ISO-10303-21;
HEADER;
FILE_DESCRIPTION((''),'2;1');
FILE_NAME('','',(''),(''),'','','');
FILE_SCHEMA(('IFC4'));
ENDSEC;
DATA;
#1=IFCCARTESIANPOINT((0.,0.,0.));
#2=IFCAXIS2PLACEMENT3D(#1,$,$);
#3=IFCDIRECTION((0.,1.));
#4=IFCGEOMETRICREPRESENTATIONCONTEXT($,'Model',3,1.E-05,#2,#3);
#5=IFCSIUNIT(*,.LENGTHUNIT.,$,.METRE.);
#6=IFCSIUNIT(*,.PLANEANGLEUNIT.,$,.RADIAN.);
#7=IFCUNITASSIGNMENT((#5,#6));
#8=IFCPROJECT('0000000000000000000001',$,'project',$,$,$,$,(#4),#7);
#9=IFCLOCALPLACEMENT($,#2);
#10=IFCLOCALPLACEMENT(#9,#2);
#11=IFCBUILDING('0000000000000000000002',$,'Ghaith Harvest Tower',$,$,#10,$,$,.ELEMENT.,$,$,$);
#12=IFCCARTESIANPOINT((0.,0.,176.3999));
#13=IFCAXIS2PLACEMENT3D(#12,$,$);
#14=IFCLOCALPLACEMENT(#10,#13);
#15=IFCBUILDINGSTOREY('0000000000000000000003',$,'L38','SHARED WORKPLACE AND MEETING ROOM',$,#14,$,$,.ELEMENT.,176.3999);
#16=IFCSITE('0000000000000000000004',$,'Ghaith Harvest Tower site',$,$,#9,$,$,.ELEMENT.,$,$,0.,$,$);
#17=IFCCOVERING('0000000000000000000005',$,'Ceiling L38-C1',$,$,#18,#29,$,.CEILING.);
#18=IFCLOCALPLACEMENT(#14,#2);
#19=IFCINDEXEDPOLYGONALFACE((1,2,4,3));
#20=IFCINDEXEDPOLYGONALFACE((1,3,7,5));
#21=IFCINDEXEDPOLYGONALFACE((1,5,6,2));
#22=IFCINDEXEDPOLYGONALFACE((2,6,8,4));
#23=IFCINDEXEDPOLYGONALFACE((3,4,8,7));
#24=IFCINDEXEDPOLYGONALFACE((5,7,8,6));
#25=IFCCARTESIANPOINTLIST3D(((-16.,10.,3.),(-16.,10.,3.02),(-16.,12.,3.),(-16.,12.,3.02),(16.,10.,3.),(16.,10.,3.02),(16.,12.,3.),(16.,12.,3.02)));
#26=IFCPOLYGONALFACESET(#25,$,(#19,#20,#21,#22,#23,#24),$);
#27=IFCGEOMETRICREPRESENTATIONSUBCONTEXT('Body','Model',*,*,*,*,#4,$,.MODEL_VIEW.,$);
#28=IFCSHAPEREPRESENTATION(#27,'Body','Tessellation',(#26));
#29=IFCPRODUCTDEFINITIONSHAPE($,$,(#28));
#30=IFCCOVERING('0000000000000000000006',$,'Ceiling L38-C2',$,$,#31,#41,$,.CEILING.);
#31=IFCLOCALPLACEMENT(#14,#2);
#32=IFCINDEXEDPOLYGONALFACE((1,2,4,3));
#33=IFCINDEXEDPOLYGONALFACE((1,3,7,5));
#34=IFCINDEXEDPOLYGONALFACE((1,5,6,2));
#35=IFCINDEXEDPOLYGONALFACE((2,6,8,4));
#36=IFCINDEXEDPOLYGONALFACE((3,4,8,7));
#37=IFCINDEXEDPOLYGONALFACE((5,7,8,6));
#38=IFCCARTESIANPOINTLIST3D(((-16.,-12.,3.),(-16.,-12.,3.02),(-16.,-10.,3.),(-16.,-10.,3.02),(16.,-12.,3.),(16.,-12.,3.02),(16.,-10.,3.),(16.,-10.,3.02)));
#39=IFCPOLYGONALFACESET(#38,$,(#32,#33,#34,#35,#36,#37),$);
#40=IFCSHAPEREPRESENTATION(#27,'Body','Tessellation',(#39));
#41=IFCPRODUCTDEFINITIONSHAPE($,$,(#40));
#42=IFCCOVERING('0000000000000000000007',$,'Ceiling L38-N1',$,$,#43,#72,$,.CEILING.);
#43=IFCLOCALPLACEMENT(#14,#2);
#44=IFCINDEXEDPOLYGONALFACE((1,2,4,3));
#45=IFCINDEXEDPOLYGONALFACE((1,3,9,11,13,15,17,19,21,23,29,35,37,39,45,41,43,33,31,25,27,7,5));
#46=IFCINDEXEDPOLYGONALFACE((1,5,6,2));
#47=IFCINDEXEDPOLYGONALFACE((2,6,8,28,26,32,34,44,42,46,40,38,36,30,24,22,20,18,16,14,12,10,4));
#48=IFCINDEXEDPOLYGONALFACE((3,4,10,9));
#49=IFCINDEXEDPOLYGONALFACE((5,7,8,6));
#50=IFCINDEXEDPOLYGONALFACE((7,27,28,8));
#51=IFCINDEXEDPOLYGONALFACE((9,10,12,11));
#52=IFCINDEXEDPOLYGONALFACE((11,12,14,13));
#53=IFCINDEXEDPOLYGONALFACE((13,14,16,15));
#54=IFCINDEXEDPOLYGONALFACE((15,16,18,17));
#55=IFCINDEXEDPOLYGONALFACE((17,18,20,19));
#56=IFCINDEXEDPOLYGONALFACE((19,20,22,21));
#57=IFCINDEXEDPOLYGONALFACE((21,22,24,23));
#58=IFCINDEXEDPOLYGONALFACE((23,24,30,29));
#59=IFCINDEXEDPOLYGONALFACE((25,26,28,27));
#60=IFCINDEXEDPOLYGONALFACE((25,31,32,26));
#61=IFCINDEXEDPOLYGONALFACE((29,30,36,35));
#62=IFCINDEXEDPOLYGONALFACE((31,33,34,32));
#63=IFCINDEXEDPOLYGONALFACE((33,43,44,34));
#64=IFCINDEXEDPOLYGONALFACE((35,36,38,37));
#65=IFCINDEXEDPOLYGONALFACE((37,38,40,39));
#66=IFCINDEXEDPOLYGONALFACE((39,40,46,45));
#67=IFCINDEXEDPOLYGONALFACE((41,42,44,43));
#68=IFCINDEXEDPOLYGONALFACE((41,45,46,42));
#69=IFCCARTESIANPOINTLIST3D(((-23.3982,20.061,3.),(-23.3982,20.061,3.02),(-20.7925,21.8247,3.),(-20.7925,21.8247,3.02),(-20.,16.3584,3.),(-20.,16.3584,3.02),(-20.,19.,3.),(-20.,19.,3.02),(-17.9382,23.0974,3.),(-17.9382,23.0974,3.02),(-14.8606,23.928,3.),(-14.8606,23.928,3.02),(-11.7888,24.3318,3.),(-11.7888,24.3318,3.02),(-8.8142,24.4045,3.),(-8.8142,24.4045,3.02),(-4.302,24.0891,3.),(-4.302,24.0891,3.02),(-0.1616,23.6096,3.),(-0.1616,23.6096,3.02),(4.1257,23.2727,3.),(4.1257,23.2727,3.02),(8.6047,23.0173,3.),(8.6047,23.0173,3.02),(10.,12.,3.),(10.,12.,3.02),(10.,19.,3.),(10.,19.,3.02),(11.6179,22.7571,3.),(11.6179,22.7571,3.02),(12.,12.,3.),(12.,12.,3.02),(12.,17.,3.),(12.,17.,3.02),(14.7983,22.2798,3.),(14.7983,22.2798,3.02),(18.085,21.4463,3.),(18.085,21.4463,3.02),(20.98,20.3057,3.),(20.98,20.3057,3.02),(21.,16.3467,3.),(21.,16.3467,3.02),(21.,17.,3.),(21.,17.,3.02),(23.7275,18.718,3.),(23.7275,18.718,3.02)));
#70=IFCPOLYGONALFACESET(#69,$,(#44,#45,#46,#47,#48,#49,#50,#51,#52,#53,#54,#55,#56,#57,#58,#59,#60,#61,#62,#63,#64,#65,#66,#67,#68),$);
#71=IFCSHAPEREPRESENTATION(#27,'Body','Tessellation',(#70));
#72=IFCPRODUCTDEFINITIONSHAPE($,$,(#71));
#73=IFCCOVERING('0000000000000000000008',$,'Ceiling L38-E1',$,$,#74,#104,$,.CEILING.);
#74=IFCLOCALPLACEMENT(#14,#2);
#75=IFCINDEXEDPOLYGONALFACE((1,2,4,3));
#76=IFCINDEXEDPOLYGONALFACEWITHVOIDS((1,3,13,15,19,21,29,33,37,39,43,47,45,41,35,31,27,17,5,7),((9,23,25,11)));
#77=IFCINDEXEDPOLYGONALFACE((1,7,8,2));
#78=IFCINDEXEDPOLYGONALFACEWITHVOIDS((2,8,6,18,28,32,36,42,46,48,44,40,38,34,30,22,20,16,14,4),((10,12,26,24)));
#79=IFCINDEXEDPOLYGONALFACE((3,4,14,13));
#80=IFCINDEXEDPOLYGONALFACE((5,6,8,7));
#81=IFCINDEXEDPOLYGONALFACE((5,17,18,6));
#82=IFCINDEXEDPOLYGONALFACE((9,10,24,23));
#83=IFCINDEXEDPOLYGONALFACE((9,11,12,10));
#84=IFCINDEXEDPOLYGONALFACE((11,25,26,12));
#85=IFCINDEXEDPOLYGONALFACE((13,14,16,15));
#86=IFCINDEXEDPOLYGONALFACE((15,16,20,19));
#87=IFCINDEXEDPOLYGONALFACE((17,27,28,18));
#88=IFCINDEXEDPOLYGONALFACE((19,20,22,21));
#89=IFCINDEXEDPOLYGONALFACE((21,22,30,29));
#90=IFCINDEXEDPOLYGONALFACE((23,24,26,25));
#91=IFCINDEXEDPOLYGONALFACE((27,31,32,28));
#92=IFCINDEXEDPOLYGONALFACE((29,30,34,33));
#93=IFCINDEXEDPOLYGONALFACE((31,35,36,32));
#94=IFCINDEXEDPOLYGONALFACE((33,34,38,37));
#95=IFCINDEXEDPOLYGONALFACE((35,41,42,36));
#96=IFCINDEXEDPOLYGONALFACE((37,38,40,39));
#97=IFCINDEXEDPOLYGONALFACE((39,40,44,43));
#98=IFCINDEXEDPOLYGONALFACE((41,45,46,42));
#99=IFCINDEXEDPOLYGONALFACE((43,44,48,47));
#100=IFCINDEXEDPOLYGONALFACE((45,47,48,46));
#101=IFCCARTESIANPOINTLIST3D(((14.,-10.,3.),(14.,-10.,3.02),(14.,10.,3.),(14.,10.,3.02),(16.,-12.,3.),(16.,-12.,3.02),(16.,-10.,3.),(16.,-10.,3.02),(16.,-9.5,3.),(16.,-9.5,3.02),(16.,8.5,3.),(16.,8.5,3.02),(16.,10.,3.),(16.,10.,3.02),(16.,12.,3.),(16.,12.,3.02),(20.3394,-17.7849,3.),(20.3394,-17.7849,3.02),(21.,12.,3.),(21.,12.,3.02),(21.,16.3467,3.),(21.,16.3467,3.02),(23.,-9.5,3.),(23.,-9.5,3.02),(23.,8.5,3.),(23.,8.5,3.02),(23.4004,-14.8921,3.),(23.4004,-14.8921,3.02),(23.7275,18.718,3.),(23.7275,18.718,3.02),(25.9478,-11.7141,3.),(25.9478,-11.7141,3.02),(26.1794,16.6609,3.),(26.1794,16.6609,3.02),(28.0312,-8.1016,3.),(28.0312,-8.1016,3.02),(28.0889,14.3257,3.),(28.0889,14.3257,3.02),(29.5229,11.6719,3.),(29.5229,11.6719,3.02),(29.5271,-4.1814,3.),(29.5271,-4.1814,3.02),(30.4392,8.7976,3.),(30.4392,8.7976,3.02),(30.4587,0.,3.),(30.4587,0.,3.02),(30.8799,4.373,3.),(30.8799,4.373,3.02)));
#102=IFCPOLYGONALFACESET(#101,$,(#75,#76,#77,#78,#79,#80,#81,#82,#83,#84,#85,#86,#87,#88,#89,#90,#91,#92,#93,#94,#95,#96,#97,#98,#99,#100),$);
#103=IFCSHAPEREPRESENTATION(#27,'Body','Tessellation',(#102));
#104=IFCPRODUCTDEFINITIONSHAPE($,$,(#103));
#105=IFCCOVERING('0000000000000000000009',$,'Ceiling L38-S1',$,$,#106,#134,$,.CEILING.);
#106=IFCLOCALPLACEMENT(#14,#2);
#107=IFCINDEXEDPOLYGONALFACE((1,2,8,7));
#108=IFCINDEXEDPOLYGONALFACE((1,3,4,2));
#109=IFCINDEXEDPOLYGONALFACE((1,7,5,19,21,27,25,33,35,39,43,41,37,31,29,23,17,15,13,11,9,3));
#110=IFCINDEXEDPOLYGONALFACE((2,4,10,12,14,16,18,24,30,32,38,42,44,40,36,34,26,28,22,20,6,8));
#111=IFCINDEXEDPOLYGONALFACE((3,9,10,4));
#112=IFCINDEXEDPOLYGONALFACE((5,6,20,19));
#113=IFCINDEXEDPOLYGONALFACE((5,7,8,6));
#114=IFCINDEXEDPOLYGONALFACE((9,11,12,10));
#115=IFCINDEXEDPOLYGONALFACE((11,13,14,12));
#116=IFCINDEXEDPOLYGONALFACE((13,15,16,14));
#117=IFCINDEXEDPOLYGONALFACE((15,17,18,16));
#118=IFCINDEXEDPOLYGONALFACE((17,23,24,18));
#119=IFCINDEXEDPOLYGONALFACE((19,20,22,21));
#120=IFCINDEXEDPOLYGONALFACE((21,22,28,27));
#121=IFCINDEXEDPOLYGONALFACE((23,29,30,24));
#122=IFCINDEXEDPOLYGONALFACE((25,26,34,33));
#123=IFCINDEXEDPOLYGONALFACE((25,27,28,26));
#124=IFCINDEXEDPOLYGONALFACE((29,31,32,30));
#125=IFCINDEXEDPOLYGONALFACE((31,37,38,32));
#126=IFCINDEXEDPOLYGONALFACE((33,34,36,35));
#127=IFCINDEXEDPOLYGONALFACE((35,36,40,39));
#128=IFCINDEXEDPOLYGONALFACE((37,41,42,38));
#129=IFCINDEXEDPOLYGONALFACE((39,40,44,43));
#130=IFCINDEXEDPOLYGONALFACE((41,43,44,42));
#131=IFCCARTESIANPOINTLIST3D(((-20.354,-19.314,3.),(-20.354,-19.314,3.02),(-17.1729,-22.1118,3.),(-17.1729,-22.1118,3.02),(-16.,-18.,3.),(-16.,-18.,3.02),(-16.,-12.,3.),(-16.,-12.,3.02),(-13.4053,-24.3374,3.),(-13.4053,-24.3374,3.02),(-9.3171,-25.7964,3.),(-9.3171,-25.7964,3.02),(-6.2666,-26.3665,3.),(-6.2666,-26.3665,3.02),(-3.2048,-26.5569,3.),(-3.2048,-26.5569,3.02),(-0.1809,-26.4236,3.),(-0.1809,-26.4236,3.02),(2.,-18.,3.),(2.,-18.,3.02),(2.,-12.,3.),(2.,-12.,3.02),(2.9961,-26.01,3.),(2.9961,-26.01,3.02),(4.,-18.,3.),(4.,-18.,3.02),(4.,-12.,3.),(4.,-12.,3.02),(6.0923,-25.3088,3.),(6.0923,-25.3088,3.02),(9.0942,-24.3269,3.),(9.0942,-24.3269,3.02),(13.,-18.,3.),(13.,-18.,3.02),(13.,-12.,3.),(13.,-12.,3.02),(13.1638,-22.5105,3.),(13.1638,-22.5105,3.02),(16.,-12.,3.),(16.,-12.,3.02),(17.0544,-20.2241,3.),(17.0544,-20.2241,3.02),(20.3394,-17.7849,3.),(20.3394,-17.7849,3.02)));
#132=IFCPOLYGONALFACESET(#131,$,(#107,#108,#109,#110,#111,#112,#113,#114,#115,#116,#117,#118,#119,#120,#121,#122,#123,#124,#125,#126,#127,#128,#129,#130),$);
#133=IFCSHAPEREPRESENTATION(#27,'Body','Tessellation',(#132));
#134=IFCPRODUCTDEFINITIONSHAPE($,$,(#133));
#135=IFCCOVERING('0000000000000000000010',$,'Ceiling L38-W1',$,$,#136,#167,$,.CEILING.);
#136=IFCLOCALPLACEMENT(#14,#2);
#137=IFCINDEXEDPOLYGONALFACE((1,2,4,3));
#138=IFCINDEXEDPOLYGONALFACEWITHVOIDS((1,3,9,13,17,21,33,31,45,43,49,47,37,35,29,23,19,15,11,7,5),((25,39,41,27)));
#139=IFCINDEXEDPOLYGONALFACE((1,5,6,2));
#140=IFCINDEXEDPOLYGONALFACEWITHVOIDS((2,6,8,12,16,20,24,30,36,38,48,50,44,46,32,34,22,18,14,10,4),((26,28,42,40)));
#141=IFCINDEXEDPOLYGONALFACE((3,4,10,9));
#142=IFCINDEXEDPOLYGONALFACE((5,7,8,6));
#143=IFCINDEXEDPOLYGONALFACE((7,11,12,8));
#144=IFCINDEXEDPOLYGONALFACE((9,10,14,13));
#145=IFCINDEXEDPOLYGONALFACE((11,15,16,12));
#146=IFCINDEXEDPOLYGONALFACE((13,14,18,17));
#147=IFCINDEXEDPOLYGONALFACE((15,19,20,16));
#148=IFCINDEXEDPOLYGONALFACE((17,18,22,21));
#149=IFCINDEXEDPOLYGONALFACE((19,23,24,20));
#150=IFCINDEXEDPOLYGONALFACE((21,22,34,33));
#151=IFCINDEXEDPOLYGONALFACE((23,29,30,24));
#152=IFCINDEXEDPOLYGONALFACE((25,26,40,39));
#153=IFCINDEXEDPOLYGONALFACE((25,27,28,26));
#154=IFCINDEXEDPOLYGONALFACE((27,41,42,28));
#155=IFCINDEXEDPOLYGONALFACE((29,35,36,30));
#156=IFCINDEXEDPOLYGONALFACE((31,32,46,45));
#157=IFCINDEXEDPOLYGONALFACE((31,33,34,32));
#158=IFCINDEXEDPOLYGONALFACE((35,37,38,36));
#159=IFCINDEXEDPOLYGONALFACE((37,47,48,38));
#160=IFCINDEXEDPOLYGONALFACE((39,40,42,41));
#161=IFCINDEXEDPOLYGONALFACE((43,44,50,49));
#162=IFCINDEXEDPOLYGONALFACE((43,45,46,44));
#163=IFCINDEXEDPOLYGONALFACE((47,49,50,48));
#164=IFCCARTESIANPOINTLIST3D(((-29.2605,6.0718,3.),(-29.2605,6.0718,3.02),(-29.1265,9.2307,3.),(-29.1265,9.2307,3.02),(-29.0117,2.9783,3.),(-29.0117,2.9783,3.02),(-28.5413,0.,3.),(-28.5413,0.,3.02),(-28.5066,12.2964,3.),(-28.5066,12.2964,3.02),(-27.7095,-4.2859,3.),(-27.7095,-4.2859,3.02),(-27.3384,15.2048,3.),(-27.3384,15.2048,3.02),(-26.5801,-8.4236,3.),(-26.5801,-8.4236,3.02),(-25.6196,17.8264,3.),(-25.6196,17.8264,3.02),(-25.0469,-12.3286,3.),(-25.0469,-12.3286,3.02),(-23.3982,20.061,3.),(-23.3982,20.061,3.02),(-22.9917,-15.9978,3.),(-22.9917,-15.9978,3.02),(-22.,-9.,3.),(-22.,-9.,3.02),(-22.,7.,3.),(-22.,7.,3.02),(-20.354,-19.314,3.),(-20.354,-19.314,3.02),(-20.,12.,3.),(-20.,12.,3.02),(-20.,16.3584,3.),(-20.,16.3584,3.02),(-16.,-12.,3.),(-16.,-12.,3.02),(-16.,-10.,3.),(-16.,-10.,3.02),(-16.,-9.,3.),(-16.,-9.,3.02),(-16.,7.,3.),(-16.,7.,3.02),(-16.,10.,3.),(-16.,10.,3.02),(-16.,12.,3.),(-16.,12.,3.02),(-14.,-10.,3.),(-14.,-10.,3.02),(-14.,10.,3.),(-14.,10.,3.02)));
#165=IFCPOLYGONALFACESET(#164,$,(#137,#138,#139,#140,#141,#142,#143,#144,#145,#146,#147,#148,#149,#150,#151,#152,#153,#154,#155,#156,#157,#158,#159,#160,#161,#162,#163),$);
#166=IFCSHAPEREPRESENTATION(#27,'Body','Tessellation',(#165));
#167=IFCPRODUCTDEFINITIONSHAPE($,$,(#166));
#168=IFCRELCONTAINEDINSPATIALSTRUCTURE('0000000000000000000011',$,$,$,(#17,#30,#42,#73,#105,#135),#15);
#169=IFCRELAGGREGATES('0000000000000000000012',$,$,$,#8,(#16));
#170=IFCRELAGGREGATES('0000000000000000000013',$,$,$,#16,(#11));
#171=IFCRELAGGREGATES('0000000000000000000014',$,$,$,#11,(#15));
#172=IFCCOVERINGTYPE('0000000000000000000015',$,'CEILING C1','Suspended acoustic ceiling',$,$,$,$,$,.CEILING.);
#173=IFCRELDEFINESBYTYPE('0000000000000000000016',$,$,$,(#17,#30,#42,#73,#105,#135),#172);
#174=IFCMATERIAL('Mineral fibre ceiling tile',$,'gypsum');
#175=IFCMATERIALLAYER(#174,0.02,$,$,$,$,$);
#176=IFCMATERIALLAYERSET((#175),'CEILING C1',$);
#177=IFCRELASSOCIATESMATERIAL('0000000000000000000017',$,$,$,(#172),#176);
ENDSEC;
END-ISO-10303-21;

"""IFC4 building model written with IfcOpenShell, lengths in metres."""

from ifc_helpers import new_model, si_unit, direction, frame, origin, place, context, subcontext, project, spatial, polyline, outline, extrude, material, layer, layer_set, type_object, element, save


model = new_model("IFC4")

# Units and contexts
model_context = context("Model", 3, precision=1e-05, world=origin(), true_north=direction((0.0, 1.0)))
body_context = subcontext(model_context, "Body", "Model", "MODEL_VIEW")
ifc_project = project(units=[si_unit("LENGTHUNIT", "METRE"), si_unit("PLANEANGLEUNIT", "RADIAN")], contexts=[model_context])

# Site, building, storey
site_placement = place(None, origin())
site = spatial("IfcSite", under=ifc_project, at=site_placement, Name="Ghaith Harvest Tower site", CompositionType="ELEMENT", RefElevation=0.0)
building_placement = place(site_placement, origin())
building = spatial("IfcBuilding", under=site, at=building_placement, Name="Ghaith Harvest Tower", CompositionType="ELEMENT")
storey_placement = place(building_placement, frame((0.0, 0.0, 176.3999)))
storey = spatial("IfcBuildingStorey", under=building, at=storey_placement, Name="L38", Description="SHARED WORKPLACE AND MEETING ROOM", CompositionType="ELEMENT", Elevation=176.3999)

# Coverings
ifc_material_1 = material(Name="Mineral fibre ceiling tile", Category="gypsum")
ifc_layer_1 = layer(ifc_material_1, 0.02)
ifc_layer_set_1 = layer_set([ifc_layer_1], Name="CEILING C1")
covering_type = type_object("IfcCoveringType", Name="CEILING C1", Description="Suspended acoustic ceiling", PredefinedType="CEILING", material=ifc_layer_set_1)
covering_1_placement = place(storey_placement, frame((0.0, 0.0, 3.0)))
element("IfcCovering", 1, at=covering_1_placement, inside=storey, type_object=covering_type, Name="Ceiling L38-C1", PredefinedType="CEILING", context=body_context, shape_type="SweptSolid", body=[
    extrude(outline(polyline([(16.0, 10.0), (-16.0, 10.0), (-16.0, 12.0), (16.0, 12.0), (16.0, 10.0)])), origin(), (0.0, 0.0, 1.0), 0.02),
])
covering_2_placement = place(storey_placement, frame((0.0, 0.0, 3.0)))
element("IfcCovering", 2, at=covering_2_placement, inside=storey, type_object=covering_type, Name="Ceiling L38-C2", PredefinedType="CEILING", context=body_context, shape_type="SweptSolid", body=[
    extrude(outline(polyline([(-16.0, -10.0), (16.0, -10.0), (16.0, -12.0), (-16.0, -12.0), (-16.0, -10.0)])), origin(), (0.0, 0.0, 1.0), 0.02),
])
covering_3_placement = place(storey_placement, frame((0.0, 0.0, 3.0)))
element("IfcCovering", 3, at=covering_3_placement, inside=storey, type_object=covering_type, Name="Ceiling L38-N1", PredefinedType="CEILING", context=body_context, shape_type="SweptSolid", body=[
    extrude(outline(polyline([(-20.7925, 21.8247), (-17.9382, 23.0974), (-14.8606, 23.928), (-11.7888, 24.3318), (-8.8142, 24.4045), (-4.302, 24.0891), (-0.1616, 23.6096), (4.1257, 23.2727), (8.6047, 23.0173), (11.6179, 22.7571), (14.7983, 22.2798), (18.085, 21.4463), (20.98, 20.3057), (23.7275, 18.718), (21.0, 16.3467), (21.0, 17.0), (12.0, 17.0), (12.0, 12.0), (10.0, 12.0), (10.0, 19.0), (-20.0, 19.0), (-20.0, 16.3584), (-23.3982, 20.061), (-20.7925, 21.8247)])), origin(), (0.0, 0.0, 1.0), 0.02),
])
covering_4_placement = place(storey_placement, frame((0.0, 0.0, 3.0)))
element("IfcCovering", 4, at=covering_4_placement, inside=storey, type_object=covering_type, Name="Ceiling L38-E1", PredefinedType="CEILING", context=body_context, shape_type="SweptSolid", body=[
    extrude(outline(polyline([(26.1794, 16.6609), (28.0889, 14.3257), (29.5229, 11.6719), (30.4392, 8.7976), (30.8799, 4.373), (30.4587, 0.0), (29.5271, -4.1814), (28.0312, -8.1016), (25.9478, -11.7141), (23.4004, -14.8921), (20.3394, -17.7849), (16.0, -12.0), (16.0, -10.0), (14.0, -10.0), (14.0, 10.0), (16.0, 10.0), (16.0, 12.0), (21.0, 12.0), (21.0, 16.3467), (23.7275, 18.718), (26.1794, 16.6609)]), holes=[polyline([(16.0, -9.5), (23.0, -9.5), (23.0, 8.5), (16.0, 8.5), (16.0, -9.5)])]), origin(), (0.0, 0.0, 1.0), 0.02),
])
covering_5_placement = place(storey_placement, frame((0.0, 0.0, 3.0)))
element("IfcCovering", 5, at=covering_5_placement, inside=storey, type_object=covering_type, Name="Ceiling L38-S1", PredefinedType="CEILING", context=body_context, shape_type="SweptSolid", body=[
    extrude(outline(polyline([(17.0544, -20.2241), (13.1638, -22.5105), (9.0942, -24.3269), (6.0923, -25.3088), (2.9961, -26.01), (-0.1809, -26.4236), (-3.2048, -26.5569), (-6.2666, -26.3665), (-9.3171, -25.7964), (-13.4053, -24.3374), (-17.1729, -22.1118), (-20.354, -19.314), (-16.0, -12.0), (-16.0, -18.0), (2.0, -18.0), (2.0, -12.0), (4.0, -12.0), (4.0, -18.0), (13.0, -18.0), (13.0, -12.0), (16.0, -12.0), (20.3394, -17.7849), (17.0544, -20.2241)])), origin(), (0.0, 0.0, 1.0), 0.02),
])
covering_6_placement = place(storey_placement, frame((0.0, 0.0, 3.0)))
element("IfcCovering", 6, at=covering_6_placement, inside=storey, type_object=covering_type, Name="Ceiling L38-W1", PredefinedType="CEILING", context=body_context, shape_type="SweptSolid", body=[
    extrude(outline(polyline([(-27.7095, -4.2859), (-28.5413, 0.0), (-29.0117, 2.9783), (-29.2605, 6.0718), (-29.1265, 9.2307), (-28.5066, 12.2964), (-27.3384, 15.2048), (-25.6196, 17.8264), (-23.3982, 20.061), (-20.0, 16.3584), (-20.0, 12.0), (-16.0, 12.0), (-16.0, 10.0), (-14.0, 10.0), (-14.0, -10.0), (-16.0, -10.0), (-16.0, -12.0), (-20.354, -19.314), (-22.9917, -15.9978), (-25.0469, -12.3286), (-26.5801, -8.4236), (-27.7095, -4.2859)]), holes=[polyline([(-22.0, 7.0), (-22.0, -9.0), (-16.0, -9.0), (-16.0, 7.0), (-22.0, 7.0)])]), origin(), (0.0, 0.0, 1.0), 0.02),
])

save(model, "model.ifc")
